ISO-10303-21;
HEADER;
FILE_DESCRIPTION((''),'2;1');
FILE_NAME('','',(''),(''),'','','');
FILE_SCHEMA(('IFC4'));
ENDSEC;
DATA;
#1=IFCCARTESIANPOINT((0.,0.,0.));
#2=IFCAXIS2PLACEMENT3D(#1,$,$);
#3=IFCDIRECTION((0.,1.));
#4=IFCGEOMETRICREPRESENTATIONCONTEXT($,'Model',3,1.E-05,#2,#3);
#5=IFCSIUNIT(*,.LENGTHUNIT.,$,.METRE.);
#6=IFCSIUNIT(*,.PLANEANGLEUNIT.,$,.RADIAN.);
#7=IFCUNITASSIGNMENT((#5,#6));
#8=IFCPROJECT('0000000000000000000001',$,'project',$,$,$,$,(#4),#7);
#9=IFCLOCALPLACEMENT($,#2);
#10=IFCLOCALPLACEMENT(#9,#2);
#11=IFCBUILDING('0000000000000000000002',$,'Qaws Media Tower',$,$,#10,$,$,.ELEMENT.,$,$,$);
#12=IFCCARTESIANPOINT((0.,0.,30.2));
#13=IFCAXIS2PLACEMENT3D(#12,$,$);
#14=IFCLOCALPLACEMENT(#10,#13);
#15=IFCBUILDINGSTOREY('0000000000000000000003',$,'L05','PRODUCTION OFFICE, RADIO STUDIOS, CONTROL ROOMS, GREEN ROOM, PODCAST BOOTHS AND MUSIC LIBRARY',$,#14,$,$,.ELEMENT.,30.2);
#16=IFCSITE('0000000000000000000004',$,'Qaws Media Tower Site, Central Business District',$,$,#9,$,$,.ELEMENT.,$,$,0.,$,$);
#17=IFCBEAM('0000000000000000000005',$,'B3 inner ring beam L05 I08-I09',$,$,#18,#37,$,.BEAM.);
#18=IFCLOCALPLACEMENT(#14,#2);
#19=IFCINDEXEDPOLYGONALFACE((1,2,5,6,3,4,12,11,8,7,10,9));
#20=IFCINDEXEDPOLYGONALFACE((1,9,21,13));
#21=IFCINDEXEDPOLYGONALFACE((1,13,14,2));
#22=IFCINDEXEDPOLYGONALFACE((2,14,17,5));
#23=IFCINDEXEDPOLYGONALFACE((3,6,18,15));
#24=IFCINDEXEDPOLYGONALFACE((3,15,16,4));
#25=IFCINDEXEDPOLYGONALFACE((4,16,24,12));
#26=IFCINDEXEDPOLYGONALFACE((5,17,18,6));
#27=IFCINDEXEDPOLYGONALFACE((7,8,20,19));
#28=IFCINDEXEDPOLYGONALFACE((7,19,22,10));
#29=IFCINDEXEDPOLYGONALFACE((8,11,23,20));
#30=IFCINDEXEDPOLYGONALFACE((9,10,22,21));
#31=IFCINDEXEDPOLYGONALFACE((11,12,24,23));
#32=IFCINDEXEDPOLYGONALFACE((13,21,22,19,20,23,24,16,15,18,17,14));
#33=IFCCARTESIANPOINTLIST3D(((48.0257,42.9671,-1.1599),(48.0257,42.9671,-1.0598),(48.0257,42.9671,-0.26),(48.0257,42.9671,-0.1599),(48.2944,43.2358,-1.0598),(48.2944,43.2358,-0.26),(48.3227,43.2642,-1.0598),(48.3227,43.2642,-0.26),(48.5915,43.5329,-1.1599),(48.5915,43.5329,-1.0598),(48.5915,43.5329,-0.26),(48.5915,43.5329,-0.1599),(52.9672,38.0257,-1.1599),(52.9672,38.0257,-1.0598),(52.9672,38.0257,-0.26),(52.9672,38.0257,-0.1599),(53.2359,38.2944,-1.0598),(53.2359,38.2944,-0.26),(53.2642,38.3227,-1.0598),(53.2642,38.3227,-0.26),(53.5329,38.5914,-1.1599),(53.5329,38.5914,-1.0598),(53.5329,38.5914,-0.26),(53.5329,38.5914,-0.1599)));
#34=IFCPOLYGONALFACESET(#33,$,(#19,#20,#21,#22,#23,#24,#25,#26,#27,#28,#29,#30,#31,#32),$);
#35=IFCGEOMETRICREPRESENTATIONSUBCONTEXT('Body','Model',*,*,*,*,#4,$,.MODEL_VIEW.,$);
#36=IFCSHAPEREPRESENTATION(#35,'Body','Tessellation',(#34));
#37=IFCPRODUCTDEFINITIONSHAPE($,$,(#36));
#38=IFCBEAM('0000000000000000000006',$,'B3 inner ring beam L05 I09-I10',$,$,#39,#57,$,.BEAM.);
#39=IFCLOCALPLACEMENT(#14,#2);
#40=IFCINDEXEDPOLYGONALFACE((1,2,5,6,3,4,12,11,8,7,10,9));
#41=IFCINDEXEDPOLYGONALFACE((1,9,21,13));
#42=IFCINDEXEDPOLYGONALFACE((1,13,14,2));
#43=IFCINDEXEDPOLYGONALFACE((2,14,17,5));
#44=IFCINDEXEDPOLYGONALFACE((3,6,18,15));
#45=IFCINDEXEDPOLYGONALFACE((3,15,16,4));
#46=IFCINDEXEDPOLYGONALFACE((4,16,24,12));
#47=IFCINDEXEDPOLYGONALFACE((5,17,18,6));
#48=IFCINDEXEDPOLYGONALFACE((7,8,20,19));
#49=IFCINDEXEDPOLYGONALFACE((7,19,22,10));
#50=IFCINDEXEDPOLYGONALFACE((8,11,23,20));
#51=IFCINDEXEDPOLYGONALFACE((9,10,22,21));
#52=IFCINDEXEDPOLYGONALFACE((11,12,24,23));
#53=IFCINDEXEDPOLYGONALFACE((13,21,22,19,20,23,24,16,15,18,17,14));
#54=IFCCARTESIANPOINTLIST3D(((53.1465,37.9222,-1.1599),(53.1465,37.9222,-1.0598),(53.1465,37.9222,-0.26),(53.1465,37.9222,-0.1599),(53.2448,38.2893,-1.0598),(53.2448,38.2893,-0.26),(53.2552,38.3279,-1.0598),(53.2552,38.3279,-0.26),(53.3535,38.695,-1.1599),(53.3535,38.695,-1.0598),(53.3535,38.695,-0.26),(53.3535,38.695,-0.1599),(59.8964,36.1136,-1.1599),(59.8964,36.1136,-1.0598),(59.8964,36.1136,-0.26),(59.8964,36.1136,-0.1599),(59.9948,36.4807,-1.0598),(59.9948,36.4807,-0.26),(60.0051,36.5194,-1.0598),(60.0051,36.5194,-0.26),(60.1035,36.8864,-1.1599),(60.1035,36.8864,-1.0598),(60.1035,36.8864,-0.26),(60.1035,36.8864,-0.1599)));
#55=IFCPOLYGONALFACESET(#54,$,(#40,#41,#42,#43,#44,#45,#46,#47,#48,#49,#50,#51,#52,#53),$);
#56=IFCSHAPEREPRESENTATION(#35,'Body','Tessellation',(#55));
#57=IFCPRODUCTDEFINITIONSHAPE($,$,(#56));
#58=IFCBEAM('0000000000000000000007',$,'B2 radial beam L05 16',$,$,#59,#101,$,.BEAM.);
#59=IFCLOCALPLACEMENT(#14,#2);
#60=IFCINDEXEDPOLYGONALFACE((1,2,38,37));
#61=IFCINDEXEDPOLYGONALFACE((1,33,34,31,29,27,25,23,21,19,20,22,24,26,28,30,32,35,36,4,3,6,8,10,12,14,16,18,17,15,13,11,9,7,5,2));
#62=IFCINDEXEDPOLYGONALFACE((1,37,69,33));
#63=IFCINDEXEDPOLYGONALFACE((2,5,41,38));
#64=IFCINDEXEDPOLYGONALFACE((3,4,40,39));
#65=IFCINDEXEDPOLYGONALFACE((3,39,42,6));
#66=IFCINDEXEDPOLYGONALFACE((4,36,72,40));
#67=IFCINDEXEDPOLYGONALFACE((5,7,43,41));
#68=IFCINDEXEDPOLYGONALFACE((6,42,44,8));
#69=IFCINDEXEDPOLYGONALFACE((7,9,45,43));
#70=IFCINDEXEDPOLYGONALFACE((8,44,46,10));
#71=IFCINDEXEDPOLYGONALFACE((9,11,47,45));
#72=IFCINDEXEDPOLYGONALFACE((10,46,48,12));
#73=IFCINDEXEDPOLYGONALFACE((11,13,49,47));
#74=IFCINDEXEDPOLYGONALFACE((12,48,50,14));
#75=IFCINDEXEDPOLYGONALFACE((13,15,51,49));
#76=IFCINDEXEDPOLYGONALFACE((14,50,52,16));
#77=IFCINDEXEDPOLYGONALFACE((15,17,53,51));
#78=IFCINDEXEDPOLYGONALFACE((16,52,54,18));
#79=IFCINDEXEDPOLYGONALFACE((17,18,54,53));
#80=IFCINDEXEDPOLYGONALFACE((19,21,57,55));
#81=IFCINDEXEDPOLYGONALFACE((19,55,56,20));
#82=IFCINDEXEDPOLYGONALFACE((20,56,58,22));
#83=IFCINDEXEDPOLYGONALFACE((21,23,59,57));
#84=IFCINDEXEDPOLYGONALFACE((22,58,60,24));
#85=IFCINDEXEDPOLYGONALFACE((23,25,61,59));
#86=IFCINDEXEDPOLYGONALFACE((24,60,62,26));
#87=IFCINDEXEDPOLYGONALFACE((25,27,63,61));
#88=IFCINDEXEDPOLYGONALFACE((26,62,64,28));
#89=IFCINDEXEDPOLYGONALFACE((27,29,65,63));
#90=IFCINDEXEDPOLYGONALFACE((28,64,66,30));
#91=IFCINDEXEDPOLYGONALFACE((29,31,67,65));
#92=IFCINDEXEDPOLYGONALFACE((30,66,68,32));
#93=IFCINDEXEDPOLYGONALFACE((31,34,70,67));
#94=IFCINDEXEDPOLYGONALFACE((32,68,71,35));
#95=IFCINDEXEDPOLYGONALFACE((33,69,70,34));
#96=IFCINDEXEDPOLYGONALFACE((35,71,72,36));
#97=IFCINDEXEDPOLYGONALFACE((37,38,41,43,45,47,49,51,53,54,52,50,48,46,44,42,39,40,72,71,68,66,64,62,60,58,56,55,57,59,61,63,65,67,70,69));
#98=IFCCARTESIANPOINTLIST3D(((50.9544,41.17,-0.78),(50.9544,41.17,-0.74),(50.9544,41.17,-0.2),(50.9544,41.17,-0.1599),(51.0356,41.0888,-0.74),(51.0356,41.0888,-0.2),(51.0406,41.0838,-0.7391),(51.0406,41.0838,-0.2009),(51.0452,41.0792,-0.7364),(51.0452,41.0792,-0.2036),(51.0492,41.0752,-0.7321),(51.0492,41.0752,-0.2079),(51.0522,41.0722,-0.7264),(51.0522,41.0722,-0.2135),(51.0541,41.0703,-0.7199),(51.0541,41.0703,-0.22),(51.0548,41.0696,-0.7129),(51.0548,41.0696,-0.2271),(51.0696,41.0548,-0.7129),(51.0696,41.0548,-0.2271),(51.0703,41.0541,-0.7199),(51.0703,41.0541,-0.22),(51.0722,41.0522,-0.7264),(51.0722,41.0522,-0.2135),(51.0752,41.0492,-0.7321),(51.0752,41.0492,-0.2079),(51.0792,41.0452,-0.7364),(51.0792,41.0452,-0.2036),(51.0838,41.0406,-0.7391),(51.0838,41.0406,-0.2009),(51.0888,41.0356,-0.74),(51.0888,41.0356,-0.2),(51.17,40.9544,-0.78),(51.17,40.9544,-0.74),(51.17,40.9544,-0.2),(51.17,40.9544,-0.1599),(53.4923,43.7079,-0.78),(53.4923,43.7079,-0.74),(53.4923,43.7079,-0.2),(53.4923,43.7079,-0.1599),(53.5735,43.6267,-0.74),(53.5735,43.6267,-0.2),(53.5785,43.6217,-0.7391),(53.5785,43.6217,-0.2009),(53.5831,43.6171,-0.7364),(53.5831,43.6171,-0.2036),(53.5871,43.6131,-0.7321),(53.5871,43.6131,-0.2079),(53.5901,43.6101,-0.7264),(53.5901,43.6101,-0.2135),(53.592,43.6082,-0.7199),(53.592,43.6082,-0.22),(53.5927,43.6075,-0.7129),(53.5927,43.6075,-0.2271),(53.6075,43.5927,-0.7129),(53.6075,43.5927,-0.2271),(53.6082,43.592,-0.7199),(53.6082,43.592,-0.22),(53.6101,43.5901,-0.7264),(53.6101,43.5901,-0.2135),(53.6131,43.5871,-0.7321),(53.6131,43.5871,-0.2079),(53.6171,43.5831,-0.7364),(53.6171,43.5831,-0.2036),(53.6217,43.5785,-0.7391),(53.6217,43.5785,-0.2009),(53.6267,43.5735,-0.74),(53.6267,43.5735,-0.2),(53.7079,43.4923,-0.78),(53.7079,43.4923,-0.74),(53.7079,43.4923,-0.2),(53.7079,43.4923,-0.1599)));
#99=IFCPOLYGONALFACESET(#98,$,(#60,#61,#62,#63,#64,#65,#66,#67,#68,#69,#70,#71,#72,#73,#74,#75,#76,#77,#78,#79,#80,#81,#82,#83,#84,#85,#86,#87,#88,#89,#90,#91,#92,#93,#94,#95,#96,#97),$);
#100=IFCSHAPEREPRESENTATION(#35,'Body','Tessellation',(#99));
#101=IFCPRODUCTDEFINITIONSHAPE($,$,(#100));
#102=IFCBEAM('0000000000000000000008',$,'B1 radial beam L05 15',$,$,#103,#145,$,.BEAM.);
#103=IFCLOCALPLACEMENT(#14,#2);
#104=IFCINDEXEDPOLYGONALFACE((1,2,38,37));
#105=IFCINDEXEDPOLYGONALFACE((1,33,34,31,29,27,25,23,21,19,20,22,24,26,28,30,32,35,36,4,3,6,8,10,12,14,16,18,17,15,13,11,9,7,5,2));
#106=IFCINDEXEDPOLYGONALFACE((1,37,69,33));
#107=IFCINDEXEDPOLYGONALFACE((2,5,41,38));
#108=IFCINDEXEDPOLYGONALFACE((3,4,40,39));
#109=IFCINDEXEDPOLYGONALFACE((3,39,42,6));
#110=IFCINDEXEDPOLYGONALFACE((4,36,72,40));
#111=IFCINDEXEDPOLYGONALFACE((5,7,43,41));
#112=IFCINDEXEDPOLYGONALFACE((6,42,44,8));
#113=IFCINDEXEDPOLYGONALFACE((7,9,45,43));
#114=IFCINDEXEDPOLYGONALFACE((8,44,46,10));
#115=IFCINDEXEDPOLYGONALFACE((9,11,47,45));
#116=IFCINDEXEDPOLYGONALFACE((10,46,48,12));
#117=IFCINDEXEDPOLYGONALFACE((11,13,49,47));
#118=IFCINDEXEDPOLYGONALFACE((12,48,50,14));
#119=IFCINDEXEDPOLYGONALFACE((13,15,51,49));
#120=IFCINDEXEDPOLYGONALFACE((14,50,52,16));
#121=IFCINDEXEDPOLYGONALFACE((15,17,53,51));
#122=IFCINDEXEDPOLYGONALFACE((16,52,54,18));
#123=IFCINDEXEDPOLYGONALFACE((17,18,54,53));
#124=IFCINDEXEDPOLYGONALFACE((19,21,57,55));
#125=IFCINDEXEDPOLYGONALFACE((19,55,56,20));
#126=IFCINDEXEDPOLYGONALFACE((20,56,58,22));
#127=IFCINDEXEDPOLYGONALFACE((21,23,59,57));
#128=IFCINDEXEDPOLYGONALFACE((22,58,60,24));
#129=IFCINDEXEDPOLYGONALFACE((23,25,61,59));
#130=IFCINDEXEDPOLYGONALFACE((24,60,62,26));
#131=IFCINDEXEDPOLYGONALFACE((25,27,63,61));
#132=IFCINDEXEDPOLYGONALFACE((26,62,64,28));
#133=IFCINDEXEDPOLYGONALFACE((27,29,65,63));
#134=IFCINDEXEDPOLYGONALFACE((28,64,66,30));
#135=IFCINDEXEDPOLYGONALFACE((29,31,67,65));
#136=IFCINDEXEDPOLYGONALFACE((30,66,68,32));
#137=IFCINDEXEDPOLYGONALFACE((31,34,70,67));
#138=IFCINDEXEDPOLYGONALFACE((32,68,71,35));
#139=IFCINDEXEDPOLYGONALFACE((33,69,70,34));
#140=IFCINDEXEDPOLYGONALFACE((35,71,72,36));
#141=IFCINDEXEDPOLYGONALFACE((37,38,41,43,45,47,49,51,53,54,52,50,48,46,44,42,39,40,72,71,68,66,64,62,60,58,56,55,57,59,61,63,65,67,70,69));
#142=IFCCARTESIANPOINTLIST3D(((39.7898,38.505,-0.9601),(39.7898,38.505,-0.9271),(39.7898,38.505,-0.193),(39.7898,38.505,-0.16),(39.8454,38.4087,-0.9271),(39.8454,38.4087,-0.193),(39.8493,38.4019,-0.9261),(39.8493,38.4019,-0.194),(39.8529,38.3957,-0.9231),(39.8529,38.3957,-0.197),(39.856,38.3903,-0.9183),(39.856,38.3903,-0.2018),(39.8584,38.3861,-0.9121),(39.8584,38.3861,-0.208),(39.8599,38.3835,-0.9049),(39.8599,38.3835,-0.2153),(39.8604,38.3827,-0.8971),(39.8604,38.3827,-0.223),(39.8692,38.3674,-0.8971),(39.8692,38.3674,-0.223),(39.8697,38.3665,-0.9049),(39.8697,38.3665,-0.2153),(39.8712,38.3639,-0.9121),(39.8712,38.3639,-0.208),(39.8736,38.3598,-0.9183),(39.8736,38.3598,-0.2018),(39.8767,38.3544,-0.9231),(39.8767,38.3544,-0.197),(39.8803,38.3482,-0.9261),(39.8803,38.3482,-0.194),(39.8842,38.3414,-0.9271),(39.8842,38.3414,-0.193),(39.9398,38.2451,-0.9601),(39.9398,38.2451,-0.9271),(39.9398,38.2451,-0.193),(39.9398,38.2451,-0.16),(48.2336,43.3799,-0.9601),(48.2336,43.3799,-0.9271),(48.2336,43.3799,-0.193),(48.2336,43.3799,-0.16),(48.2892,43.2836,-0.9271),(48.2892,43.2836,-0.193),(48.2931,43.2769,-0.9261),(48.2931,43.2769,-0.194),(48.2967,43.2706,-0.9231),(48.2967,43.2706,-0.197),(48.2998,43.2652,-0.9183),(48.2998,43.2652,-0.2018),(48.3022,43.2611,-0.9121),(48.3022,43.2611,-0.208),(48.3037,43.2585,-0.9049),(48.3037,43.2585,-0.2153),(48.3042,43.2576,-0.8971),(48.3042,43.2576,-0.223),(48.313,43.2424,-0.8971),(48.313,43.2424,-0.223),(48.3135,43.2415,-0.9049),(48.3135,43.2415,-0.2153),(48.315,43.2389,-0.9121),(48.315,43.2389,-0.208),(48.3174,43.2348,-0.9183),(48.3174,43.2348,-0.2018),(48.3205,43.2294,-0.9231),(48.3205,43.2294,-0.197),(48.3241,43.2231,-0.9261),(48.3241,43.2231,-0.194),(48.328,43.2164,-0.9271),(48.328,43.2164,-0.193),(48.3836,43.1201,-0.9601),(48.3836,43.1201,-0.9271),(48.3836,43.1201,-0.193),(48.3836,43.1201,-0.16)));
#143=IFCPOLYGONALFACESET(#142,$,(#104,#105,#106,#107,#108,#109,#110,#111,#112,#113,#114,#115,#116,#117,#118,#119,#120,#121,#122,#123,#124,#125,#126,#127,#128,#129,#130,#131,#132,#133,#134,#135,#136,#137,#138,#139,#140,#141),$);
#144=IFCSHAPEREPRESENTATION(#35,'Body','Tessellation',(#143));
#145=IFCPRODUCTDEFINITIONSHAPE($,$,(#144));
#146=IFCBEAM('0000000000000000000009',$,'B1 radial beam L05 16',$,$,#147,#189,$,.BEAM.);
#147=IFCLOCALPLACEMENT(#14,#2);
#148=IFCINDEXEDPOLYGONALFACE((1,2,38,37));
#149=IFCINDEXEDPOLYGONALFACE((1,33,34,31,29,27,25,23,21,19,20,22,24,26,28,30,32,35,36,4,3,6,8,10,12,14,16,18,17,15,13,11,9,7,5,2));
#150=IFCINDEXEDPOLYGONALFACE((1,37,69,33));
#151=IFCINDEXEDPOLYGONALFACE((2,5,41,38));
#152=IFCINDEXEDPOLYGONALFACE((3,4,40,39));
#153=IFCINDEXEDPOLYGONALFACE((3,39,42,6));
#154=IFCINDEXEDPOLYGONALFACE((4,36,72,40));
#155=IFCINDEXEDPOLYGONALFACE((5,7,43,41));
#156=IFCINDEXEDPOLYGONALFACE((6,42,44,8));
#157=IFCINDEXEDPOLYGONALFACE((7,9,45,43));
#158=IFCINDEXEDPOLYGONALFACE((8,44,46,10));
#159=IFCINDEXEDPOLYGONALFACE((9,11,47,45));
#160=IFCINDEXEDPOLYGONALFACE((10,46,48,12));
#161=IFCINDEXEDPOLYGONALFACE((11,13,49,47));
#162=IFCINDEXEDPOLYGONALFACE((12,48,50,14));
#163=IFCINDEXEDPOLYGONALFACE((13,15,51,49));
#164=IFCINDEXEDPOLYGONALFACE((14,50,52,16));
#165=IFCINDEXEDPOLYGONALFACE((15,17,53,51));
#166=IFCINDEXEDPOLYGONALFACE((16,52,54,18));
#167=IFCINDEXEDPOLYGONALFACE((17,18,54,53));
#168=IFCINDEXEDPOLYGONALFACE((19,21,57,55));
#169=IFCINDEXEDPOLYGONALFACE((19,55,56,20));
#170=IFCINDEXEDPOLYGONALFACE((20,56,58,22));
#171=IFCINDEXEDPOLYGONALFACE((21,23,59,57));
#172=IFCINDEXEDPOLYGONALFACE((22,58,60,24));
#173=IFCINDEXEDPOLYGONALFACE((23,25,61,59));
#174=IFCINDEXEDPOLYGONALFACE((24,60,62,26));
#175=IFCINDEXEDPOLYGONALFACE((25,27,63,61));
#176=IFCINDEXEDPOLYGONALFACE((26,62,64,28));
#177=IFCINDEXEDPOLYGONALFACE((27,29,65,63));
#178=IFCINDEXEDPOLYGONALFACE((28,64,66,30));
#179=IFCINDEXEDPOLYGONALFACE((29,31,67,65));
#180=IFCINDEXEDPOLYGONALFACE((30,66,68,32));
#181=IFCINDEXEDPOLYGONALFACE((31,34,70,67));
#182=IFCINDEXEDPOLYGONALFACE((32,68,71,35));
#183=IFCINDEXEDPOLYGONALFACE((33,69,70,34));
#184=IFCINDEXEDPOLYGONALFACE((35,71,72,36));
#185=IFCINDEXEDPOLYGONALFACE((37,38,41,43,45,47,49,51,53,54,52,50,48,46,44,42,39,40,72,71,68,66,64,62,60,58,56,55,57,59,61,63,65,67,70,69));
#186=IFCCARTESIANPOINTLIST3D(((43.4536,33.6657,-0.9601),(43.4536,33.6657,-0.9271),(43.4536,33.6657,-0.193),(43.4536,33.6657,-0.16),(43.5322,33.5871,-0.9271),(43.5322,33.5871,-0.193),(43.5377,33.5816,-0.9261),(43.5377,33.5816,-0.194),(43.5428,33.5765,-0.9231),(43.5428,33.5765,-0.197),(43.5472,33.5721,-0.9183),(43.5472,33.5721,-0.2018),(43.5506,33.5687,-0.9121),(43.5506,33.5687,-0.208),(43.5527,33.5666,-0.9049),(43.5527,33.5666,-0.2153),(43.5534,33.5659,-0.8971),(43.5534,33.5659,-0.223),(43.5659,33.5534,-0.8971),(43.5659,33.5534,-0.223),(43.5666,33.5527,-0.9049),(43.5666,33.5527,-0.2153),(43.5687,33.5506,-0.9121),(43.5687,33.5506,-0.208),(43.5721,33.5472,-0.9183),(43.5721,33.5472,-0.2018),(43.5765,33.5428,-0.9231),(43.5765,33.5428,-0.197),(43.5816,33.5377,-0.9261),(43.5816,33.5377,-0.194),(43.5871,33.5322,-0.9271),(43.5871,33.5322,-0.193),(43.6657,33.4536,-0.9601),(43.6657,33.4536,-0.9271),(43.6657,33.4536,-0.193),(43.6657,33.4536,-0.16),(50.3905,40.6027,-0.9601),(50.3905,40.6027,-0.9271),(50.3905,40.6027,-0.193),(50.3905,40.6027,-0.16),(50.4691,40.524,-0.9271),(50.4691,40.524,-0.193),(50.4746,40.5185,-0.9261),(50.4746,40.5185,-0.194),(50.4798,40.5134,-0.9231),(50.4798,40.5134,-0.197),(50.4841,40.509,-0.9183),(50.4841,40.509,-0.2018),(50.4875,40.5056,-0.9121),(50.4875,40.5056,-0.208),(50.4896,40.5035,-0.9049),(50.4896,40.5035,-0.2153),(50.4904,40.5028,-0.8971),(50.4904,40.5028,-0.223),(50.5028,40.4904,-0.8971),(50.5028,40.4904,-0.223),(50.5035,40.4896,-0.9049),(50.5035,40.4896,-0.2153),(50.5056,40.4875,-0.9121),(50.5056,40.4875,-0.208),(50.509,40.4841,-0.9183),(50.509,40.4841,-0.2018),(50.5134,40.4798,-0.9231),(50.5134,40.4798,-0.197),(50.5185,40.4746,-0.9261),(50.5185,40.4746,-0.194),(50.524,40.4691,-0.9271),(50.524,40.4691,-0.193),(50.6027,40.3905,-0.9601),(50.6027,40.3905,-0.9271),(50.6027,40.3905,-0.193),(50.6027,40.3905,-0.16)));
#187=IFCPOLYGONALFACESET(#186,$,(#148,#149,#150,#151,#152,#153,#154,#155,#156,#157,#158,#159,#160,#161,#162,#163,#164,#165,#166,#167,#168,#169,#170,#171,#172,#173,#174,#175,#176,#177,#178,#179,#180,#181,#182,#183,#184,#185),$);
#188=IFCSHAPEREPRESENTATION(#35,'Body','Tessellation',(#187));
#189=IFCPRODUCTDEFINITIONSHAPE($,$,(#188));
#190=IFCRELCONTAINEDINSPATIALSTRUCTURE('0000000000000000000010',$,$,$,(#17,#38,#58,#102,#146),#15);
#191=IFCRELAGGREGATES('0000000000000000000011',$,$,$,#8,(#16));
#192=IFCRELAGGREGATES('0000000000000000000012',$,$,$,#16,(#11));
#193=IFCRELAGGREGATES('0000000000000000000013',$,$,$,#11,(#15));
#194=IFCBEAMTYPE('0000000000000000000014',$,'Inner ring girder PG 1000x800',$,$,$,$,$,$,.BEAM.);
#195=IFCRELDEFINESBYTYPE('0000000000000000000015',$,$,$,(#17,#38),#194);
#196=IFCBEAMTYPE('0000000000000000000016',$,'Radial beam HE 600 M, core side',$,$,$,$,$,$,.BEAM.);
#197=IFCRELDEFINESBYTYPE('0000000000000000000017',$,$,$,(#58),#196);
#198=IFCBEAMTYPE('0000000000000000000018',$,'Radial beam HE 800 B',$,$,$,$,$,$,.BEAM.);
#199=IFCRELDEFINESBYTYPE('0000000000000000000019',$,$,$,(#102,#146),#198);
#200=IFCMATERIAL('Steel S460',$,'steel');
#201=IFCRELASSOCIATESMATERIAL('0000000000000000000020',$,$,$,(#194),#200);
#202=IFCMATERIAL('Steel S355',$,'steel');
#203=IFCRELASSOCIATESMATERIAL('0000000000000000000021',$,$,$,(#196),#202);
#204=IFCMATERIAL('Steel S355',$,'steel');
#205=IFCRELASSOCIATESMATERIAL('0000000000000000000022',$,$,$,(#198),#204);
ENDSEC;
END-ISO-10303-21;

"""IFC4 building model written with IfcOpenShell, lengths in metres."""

from ifc_helpers import new_model, si_unit, direction, frame, origin, origin_2d, place, context, subcontext, project, spatial, i_section, extrude, material, material_profile, profile_set, type_object, element, save


model = new_model("IFC4")

# Units and contexts
model_context = context("Model", 3, precision=1e-05, world=origin(), true_north=direction((0.0, 1.0)))
body_context = subcontext(model_context, "Body", "Model", "MODEL_VIEW")
ifc_project = project(units=[si_unit("LENGTHUNIT", "METRE"), si_unit("PLANEANGLEUNIT", "RADIAN")], contexts=[model_context])

# Site, building, storey
site_placement = place(None, origin())
site = spatial("IfcSite", under=ifc_project, at=site_placement, Name="Qaws Media Tower Site, Central Business District", CompositionType="ELEMENT", RefElevation=0.0)
building_placement = place(site_placement, origin())
building = spatial("IfcBuilding", under=site, at=building_placement, Name="Qaws Media Tower", CompositionType="ELEMENT")
storey_placement = place(building_placement, frame((0.0, 0.0, 30.2)))
storey = spatial("IfcBuildingStorey", under=building, at=storey_placement, Name="L05", Description="PRODUCTION OFFICE, RADIO STUDIOS, CONTROL ROOMS, GREEN ROOM, PODCAST BOOTHS AND MUSIC LIBRARY", CompositionType="ELEMENT", Elevation=30.2)

# Beams
ifc_material_1 = material(Name="Steel S460", Category="steel")
ifc_material_profile_1 = material_profile(ifc_material_1, i_section(OverallWidth=0.8, OverallDepth=1.0, WebThickness=0.04, FlangeThickness=0.1001, at=origin_2d()), Name="PG 1000x800")
ifc_profile_set_1 = profile_set([ifc_material_profile_1], Name="Steel S460")
beam_type_1 = type_object("IfcBeamType", Name="Inner ring girder PG 1000x800", PredefinedType="BEAM", material=ifc_profile_set_1)
beam_1_placement = place(storey_placement, frame((48.3086, 43.25, -0.6599), z_axis=(0.707107, -0.707107, 0.0), x_axis=(0.707107, 0.707107, 0.0)))
element("IfcBeam", 1, at=beam_1_placement, inside=storey, type_object=beam_type_1, Name="B3 inner ring beam L05 I08-I09", PredefinedType="BEAM", context=body_context, shape_type="SweptSolid", body=[
    extrude(i_section(OverallWidth=0.8, OverallDepth=1.0, WebThickness=0.04, FlangeThickness=0.1001, at=origin_2d()), origin(), (0.0, 0.0, 1.0), 6.9883),
])
beam_2_placement = place(storey_placement, frame((53.25, 38.3086, -0.6599), z_axis=(0.965928, -0.258811, 0.0), x_axis=(0.258811, 0.965928, 0.0)))
element("IfcBeam", 2, at=beam_2_placement, inside=storey, type_object=beam_type_1, Name="B3 inner ring beam L05 I09-I10", PredefinedType="BEAM", context=body_context, shape_type="SweptSolid", body=[
    extrude(i_section(OverallWidth=0.8, OverallDepth=1.0, WebThickness=0.04, FlangeThickness=0.1001, at=origin_2d()), origin(), (0.0, 0.0, 1.0), 6.988),
])
ifc_material_2 = material(Name="Steel S355", Category="steel")
ifc_material_profile_2 = material_profile(ifc_material_2, i_section(OverallWidth=0.3049, OverallDepth=0.6201, WebThickness=0.021, FlangeThickness=0.04, FilletRadius=0.0271, at=origin_2d()), Name="HE 600 M")
ifc_profile_set_2 = profile_set([ifc_material_profile_2], Name="Steel S355")
beam_type_2 = type_object("IfcBeamType", Name="Radial beam HE 600 M, core side", PredefinedType="BEAM", material=ifc_profile_set_2)
beam_3_placement = place(storey_placement, frame((53.6001, 43.6001, -0.47), z_axis=(-0.707107, -0.707107, 0.0), x_axis=(0.707107, -0.707107, 0.0)))
element("IfcBeam", 3, at=beam_3_placement, inside=storey, type_object=beam_type_2, Name="B2 radial beam L05 16", PredefinedType="BEAM", context=body_context, shape_type="SweptSolid", body=[
    extrude(i_section(OverallWidth=0.3049, OverallDepth=0.6201, WebThickness=0.021, FlangeThickness=0.04, FilletRadius=0.0271, at=origin_2d()), origin(), (0.0, 0.0, 1.0), 3.5891),
])
ifc_material_3 = material(Name="Steel S355", Category="steel")
ifc_material_profile_3 = material_profile(ifc_material_3, i_section(OverallWidth=0.3, OverallDepth=0.8, WebThickness=0.0176, FlangeThickness=0.033, FilletRadius=0.03, at=origin_2d()), Name="HE 800 B")
ifc_profile_set_3 = profile_set([ifc_material_profile_3], Name="Steel S355")
beam_type_3 = type_object("IfcBeamType", Name="Radial beam HE 800 B", PredefinedType="BEAM", material=ifc_profile_set_3)
beam_4_placement = place(storey_placement, frame((48.3086, 43.25, -0.5601), z_axis=(-0.866028, -0.499996, 0.0), x_axis=(0.499996, -0.866028, 0.0)))
element("IfcBeam", 4, at=beam_4_placement, inside=storey, type_object=beam_type_3, Name="B1 radial beam L05 15", PredefinedType="BEAM", context=body_context, shape_type="SweptSolid", body=[
    extrude(i_section(OverallWidth=0.3, OverallDepth=0.8, WebThickness=0.0176, FlangeThickness=0.033, FilletRadius=0.03, at=origin_2d()), origin(), (0.0, 0.0, 1.0), 9.75),
])
beam_5_placement = place(storey_placement, frame((50.4966, 40.4966, -0.5601), z_axis=(-0.707107, -0.707107, 0.0), x_axis=(0.707107, -0.707107, 0.0)))
element("IfcBeam", 5, at=beam_5_placement, inside=storey, type_object=beam_type_3, Name="B1 radial beam L05 16", PredefinedType="BEAM", context=body_context, shape_type="SweptSolid", body=[
    extrude(i_section(OverallWidth=0.3, OverallDepth=0.8, WebThickness=0.0176, FlangeThickness=0.033, FilletRadius=0.03, at=origin_2d()), origin(), (0.0, 0.0, 1.0), 9.8103),
])

save(model, "model.ifc")
